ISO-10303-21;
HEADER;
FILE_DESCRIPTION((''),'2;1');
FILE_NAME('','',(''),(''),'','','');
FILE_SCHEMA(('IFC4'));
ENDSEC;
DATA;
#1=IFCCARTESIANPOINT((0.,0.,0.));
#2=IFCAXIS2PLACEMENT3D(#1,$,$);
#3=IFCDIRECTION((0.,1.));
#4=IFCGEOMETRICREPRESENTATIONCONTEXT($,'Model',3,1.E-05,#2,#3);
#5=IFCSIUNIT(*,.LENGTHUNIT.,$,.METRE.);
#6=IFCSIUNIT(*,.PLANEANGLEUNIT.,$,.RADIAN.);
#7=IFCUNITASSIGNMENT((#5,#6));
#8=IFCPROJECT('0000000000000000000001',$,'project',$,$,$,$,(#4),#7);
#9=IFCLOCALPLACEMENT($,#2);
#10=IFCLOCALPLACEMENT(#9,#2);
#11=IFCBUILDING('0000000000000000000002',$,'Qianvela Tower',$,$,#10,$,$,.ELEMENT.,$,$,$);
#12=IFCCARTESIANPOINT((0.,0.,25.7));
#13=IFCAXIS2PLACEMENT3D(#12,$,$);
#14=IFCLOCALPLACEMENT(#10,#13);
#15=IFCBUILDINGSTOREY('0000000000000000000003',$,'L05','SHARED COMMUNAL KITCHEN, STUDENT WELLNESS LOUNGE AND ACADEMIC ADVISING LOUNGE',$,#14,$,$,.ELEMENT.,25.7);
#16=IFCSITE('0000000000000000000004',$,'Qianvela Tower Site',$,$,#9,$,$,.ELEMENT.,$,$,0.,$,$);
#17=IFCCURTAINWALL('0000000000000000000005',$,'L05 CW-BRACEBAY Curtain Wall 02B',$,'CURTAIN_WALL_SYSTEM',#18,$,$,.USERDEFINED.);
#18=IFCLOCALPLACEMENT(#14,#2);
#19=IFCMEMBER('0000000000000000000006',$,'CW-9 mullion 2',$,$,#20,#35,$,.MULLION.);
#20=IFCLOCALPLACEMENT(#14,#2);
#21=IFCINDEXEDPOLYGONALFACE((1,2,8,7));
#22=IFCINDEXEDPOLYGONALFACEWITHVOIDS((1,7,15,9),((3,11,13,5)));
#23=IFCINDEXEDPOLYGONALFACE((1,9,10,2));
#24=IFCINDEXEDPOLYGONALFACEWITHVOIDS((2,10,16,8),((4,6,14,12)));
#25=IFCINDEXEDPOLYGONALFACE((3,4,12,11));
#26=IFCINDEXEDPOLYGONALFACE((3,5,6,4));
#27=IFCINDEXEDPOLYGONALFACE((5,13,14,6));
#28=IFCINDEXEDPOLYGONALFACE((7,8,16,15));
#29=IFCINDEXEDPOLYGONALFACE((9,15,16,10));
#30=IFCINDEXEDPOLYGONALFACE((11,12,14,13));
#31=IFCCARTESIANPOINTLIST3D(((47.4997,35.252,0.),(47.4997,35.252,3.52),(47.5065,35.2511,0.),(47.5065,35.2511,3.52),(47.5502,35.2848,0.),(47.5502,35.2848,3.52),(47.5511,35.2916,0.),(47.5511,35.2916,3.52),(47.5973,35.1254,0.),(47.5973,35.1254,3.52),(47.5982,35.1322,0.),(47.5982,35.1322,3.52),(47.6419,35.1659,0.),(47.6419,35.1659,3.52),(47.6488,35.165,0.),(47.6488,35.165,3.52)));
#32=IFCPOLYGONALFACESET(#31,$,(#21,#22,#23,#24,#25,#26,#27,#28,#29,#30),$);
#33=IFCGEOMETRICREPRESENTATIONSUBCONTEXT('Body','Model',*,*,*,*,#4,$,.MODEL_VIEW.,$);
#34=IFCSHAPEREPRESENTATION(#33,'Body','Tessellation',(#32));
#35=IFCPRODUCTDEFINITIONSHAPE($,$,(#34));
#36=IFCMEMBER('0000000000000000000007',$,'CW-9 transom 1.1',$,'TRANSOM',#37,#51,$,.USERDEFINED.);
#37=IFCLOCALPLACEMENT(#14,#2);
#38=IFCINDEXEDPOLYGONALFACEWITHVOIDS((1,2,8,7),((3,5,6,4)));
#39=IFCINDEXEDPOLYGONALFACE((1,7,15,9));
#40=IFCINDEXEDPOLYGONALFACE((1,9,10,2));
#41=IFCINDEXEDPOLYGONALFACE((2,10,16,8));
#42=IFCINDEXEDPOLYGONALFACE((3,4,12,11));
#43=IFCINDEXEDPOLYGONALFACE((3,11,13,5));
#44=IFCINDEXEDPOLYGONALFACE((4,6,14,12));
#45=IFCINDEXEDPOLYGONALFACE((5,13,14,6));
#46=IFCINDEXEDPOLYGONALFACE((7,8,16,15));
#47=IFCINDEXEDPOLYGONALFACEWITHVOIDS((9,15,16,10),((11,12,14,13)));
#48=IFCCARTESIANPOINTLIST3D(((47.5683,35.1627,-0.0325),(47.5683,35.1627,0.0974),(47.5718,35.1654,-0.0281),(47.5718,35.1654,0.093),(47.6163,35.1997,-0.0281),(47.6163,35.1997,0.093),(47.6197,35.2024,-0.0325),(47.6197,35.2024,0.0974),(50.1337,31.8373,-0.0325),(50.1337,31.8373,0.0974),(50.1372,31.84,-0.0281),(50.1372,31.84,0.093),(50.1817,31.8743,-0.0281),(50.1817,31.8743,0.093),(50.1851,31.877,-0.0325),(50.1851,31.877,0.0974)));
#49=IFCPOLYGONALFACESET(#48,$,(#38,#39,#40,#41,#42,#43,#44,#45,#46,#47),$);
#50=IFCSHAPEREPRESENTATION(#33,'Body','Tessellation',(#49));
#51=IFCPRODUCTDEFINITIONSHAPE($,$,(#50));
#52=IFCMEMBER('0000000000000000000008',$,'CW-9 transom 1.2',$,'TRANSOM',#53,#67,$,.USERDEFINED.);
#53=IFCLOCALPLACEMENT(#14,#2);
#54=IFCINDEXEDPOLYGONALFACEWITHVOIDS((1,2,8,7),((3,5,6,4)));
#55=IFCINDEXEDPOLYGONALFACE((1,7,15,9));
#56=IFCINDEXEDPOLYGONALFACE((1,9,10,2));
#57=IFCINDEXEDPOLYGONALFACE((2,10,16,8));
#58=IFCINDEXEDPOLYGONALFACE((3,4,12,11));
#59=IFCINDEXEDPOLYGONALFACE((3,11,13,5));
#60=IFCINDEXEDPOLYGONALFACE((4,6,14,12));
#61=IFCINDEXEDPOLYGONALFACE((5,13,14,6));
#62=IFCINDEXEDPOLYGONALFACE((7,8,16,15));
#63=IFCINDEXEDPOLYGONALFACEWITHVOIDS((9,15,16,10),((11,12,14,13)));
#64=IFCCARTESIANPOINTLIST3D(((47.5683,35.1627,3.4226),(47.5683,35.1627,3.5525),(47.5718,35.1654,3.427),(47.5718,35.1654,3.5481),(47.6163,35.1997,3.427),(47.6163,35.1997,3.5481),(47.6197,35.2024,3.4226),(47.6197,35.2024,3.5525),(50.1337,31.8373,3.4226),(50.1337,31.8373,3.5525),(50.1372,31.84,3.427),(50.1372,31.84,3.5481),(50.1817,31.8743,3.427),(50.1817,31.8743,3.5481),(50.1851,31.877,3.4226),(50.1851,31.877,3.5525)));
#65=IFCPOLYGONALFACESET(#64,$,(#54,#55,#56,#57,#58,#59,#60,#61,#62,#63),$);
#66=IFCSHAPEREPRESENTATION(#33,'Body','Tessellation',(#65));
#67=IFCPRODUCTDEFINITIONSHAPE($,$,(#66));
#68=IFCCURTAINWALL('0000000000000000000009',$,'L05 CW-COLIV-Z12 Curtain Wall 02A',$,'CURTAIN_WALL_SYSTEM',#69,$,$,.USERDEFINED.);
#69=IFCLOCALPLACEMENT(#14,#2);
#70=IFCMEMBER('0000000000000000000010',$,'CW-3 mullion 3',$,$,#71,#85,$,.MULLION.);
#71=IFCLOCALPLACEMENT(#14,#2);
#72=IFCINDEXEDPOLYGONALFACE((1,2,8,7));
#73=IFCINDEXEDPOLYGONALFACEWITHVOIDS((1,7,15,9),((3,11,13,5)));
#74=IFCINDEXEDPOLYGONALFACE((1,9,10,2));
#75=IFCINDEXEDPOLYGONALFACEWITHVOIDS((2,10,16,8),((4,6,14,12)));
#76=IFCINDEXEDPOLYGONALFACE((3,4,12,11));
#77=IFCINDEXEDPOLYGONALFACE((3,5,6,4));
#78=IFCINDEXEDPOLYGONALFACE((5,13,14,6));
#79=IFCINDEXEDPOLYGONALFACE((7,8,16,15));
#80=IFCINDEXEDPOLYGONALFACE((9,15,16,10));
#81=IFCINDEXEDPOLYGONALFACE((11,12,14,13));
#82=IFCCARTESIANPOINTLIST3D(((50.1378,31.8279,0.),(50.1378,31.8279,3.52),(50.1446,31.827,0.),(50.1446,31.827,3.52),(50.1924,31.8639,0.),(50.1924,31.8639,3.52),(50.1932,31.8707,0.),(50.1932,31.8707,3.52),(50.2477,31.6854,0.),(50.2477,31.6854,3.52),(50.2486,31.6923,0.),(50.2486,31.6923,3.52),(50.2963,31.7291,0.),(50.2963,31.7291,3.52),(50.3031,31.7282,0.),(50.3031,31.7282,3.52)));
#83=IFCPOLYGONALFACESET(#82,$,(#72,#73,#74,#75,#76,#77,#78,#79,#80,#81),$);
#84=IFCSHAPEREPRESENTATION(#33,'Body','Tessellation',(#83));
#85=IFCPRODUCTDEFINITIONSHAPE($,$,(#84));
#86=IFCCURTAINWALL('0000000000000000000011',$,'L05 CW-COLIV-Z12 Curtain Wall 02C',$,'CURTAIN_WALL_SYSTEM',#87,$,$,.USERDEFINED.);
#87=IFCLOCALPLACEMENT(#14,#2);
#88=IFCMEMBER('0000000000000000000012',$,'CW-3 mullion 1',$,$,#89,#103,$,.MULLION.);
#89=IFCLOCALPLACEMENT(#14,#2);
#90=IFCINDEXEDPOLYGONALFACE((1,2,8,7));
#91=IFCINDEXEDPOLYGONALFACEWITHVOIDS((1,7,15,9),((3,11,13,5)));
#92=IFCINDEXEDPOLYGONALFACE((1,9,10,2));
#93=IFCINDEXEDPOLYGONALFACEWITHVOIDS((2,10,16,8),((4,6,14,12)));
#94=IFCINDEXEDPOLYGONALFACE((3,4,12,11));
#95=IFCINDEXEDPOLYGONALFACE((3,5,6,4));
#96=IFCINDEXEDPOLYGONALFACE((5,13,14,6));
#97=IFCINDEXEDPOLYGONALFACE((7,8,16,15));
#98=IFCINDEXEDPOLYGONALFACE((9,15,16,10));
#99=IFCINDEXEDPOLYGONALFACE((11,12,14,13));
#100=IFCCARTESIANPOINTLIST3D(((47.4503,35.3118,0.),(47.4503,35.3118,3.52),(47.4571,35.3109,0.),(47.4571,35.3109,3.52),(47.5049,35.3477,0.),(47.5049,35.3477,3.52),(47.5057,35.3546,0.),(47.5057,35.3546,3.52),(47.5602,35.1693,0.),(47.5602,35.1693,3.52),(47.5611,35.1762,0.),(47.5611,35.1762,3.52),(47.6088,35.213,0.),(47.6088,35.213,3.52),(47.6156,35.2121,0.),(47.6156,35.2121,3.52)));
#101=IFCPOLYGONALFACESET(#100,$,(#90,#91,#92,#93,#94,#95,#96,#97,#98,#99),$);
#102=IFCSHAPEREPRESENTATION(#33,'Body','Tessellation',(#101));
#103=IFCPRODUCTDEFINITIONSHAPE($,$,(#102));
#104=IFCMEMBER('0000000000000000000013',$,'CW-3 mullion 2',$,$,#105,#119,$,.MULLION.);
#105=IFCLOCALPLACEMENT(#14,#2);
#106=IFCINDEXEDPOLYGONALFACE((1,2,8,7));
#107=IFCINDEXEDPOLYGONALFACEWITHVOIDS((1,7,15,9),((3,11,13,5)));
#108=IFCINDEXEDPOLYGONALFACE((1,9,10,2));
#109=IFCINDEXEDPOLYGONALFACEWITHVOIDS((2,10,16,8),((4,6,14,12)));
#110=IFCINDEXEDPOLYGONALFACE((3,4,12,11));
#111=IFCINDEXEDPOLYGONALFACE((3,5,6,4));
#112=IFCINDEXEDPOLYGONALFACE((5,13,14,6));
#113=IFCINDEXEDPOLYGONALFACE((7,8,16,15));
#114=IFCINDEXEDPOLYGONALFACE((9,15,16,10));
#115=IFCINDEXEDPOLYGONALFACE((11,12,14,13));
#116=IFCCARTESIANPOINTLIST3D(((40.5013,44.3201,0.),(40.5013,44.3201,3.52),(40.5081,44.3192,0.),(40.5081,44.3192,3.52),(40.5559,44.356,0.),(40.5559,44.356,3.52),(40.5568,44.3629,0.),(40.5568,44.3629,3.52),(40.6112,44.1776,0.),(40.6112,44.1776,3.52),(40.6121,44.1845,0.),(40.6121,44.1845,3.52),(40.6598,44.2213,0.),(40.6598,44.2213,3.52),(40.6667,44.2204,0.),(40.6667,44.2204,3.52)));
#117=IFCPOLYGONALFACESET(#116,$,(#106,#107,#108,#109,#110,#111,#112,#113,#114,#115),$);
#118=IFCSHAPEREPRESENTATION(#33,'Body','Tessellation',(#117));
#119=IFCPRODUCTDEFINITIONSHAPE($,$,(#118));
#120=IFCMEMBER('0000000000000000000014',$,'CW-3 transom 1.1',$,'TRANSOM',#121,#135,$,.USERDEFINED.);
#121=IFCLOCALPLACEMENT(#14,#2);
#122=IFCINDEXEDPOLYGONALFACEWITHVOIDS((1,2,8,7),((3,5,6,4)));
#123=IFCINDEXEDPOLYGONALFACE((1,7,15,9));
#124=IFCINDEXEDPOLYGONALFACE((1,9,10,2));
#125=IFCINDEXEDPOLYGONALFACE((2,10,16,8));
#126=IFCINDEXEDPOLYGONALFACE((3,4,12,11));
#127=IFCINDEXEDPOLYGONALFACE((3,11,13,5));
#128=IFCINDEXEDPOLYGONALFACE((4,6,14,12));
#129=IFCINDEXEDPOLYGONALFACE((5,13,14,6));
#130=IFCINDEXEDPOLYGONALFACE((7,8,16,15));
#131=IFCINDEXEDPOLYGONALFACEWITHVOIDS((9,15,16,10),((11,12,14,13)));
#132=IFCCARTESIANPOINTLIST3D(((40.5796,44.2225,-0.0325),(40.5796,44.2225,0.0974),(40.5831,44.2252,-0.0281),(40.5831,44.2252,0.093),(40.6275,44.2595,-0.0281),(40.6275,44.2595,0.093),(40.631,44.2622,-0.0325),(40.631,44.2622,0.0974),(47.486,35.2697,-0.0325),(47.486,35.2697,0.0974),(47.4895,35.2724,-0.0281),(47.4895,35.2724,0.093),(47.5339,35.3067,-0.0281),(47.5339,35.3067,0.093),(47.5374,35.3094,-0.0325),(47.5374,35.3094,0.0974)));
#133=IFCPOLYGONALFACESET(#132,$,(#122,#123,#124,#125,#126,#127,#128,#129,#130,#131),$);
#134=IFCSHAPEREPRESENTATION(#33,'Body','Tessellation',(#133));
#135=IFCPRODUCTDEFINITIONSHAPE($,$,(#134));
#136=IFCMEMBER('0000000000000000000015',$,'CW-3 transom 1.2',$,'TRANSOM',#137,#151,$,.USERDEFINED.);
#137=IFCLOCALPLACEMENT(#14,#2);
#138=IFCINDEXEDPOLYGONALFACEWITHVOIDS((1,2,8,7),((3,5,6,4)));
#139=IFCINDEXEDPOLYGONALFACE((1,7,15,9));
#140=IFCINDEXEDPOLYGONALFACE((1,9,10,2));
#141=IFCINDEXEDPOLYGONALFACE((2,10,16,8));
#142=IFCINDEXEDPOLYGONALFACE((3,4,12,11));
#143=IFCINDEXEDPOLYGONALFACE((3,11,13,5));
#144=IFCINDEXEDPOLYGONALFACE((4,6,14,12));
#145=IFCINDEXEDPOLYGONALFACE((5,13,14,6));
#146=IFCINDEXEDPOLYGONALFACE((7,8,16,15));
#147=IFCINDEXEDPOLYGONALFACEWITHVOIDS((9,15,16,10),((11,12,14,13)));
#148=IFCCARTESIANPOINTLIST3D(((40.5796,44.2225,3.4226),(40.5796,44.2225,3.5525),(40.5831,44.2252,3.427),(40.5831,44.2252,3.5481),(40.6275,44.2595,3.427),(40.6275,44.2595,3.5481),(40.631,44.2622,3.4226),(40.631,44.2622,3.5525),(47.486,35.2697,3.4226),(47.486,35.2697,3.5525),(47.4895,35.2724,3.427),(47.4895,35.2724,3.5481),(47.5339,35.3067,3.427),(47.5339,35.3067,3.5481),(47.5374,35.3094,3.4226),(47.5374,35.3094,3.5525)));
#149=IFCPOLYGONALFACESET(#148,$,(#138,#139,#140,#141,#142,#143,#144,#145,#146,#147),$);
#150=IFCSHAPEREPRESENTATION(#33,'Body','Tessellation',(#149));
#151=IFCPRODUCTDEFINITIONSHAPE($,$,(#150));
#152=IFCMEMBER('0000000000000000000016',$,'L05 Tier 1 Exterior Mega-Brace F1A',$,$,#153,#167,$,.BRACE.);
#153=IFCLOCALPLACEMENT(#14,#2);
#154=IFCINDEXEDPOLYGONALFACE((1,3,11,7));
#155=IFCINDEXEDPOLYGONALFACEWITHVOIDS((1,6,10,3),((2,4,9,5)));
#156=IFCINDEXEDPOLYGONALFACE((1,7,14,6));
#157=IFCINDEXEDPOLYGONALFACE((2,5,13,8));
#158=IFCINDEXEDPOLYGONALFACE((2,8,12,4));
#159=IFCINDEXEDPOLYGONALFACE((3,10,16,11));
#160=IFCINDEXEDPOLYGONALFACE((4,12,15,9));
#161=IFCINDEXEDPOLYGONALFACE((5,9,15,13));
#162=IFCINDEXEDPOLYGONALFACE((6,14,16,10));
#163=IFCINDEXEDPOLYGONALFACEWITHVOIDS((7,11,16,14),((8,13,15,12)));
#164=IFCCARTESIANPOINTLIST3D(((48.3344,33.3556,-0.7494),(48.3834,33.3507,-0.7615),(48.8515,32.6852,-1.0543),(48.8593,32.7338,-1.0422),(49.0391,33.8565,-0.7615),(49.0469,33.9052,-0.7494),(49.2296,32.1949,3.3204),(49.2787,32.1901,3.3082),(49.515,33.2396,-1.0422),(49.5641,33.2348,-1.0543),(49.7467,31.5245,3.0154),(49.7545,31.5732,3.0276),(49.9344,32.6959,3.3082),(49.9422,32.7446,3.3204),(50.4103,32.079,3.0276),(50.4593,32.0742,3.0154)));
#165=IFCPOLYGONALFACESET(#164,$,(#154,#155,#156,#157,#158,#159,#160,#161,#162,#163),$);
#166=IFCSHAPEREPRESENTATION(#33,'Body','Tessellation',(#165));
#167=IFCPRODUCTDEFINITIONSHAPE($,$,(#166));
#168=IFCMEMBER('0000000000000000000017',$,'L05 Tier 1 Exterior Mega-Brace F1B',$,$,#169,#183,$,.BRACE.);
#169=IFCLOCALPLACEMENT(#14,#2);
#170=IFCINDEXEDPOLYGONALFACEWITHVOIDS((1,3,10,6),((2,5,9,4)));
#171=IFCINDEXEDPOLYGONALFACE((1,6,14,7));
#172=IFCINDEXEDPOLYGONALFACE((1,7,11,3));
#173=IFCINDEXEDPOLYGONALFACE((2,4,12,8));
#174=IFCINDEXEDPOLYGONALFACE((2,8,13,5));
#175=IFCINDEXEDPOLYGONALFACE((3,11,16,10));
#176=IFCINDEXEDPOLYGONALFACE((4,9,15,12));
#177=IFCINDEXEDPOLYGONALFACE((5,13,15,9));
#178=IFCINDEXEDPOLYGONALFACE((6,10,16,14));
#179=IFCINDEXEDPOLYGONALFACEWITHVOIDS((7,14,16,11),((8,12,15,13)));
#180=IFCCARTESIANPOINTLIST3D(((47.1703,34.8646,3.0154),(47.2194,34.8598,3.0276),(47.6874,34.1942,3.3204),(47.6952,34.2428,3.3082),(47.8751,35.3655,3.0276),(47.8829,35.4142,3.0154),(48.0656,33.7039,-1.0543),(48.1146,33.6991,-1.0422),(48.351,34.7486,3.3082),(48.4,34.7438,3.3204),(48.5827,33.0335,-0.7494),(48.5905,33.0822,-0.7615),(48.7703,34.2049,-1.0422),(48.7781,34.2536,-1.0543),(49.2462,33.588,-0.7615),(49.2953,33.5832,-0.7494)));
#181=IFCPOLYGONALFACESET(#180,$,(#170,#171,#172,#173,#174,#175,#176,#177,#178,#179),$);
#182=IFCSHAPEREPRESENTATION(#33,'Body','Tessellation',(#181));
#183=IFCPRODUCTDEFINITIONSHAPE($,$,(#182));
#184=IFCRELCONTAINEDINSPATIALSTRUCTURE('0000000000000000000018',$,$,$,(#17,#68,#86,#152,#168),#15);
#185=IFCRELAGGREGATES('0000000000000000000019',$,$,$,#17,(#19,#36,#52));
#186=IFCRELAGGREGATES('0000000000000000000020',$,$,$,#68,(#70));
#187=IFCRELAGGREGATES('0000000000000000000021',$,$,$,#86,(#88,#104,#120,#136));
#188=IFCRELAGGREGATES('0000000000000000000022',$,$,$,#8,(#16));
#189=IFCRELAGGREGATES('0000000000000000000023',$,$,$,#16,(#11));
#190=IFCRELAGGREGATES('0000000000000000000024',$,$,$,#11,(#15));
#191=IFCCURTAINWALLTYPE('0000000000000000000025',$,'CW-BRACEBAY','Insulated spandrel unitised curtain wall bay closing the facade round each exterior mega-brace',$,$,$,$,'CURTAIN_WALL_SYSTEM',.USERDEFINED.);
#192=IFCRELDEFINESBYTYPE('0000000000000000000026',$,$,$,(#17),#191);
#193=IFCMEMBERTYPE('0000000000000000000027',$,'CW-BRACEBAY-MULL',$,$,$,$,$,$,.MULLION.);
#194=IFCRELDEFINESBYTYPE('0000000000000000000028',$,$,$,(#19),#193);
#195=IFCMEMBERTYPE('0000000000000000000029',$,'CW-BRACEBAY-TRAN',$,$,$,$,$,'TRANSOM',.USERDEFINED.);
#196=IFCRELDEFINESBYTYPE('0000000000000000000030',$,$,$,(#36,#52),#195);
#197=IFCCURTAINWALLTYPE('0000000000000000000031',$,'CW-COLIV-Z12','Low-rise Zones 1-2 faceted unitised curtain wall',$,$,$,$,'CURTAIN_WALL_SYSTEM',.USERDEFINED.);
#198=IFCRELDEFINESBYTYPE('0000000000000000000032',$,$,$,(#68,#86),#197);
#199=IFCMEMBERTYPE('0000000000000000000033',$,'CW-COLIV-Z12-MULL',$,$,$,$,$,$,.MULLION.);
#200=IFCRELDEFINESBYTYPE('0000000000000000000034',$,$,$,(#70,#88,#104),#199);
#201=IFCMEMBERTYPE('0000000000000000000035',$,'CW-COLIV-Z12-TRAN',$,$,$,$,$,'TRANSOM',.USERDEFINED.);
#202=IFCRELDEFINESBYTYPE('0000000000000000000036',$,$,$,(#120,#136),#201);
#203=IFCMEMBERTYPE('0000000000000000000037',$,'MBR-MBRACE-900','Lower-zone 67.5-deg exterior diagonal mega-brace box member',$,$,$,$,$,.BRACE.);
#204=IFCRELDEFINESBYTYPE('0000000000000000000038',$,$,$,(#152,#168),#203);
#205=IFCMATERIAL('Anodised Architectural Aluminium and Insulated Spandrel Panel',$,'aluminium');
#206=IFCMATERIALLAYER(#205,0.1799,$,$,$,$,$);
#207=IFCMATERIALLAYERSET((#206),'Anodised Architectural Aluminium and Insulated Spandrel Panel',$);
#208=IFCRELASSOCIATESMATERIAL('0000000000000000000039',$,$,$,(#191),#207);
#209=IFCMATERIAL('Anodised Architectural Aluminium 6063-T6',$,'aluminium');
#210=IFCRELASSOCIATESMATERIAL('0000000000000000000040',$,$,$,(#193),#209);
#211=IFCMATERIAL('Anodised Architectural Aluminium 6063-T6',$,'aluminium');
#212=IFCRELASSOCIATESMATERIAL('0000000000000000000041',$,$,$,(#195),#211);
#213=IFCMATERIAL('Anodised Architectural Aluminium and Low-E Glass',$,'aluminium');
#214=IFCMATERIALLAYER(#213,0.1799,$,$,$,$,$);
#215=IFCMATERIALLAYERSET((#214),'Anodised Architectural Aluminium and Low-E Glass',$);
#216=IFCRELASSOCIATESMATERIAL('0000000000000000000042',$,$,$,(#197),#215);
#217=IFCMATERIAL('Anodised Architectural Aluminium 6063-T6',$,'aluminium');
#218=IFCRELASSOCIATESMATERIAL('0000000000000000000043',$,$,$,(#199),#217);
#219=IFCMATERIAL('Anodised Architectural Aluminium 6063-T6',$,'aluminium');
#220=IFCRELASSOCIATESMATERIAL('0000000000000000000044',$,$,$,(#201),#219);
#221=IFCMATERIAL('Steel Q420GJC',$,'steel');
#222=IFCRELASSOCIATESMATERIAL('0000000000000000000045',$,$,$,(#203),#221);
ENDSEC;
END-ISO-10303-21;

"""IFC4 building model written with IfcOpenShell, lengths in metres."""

from ifc_helpers import new_model, si_unit, direction, frame, origin, origin_2d, place, context, subcontext, project, spatial, hollow_rectangle, extrude, material, layer, layer_set, material_profile, profile_set, type_object, element, aggregate, save


model = new_model("IFC4")

# Units and contexts
model_context = context("Model", 3, precision=1e-05, world=origin(), true_north=direction((0.0, 1.0)))
body_context = subcontext(model_context, "Body", "Model", "MODEL_VIEW")
ifc_project = project(units=[si_unit("LENGTHUNIT", "METRE"), si_unit("PLANEANGLEUNIT", "RADIAN")], contexts=[model_context])

# Site, building, storey
site_placement = place(None, origin())
site = spatial("IfcSite", under=ifc_project, at=site_placement, Name="Qianvela Tower Site", CompositionType="ELEMENT", RefElevation=0.0)
building_placement = place(site_placement, origin())
building = spatial("IfcBuilding", under=site, at=building_placement, Name="Qianvela Tower", CompositionType="ELEMENT")
storey_placement = place(building_placement, frame((0.0, 0.0, 25.7)))
storey = spatial("IfcBuildingStorey", under=building, at=storey_placement, Name="L05", Description="SHARED COMMUNAL KITCHEN, STUDENT WELLNESS LOUNGE AND ACADEMIC ADVISING LOUNGE", CompositionType="ELEMENT", Elevation=25.7)

# Curtain wall, members
ifc_material_1 = material(Name="Anodised Architectural Aluminium and Insulated Spandrel Panel", Category="aluminium")
ifc_layer_1 = layer(ifc_material_1, 0.1799)
ifc_layer_set_1 = layer_set([ifc_layer_1], Name="Anodised Architectural Aluminium and Insulated Spandrel Panel")
curtain_wall_type_1 = type_object("IfcCurtainWallType", Name="CW-BRACEBAY", Description="Insulated spandrel unitised curtain wall bay closing the facade round each exterior mega-brace", ElementType="CURTAIN_WALL_SYSTEM", PredefinedType="USERDEFINED", material=ifc_layer_set_1)
curtain_wall_1_placement = place(storey_placement, origin())
curtain_wall_1 = element("IfcCurtainWall", 1, at=curtain_wall_1_placement, inside=storey, type_object=curtain_wall_type_1, Name="L05 CW-BRACEBAY Curtain Wall 02B", ObjectType="CURTAIN_WALL_SYSTEM", PredefinedType="USERDEFINED")
ifc_material_2 = material(Name="Anodised Architectural Aluminium 6063-T6", Category="aluminium")
ifc_material_profile_1 = material_profile(ifc_material_2, hollow_rectangle(XDim=0.0649, YDim=0.1599, WallThickness=0.0049, at=origin_2d()), Name="ALU-MULL-65x160")
ifc_profile_set_1 = profile_set([ifc_material_profile_1], Name="Anodised Architectural Aluminium 6063-T6")
member_type_1 = type_object("IfcMemberType", Name="CW-BRACEBAY-MULL", PredefinedType="MULLION", material=ifc_profile_set_1)
member_1_placement = place(storey_placement, frame((47.5742, 35.2085, 0.0), z_axis=(0.0, 0.0, 1.0), x_axis=(-0.791778, -0.610808, 0.0)))
member_1 = element("IfcMember", 2, at=member_1_placement, type_object=member_type_1, Name="CW-9 mullion 2", PredefinedType="MULLION", context=body_context, shape_type="SweptSolid", body=[
    extrude(hollow_rectangle(XDim=0.0649, YDim=0.1599, WallThickness=0.0049, at=origin_2d()), origin(), (0.0, 0.0, 1.0), 3.52),
])
ifc_material_3 = material(Name="Anodised Architectural Aluminium 6063-T6", Category="aluminium")
ifc_material_profile_2 = material_profile(ifc_material_3, hollow_rectangle(XDim=0.0649, YDim=0.1299, WallThickness=0.0044, at=origin_2d()), Name="ALU-TRAN-65x130")
ifc_profile_set_2 = profile_set([ifc_material_profile_2], Name="Anodised Architectural Aluminium 6063-T6")
member_type_2 = type_object("IfcMemberType", Name="CW-BRACEBAY-TRAN", ElementType="TRANSOM", PredefinedType="USERDEFINED", material=ifc_profile_set_2)
member_2_placement = place(storey_placement, frame((50.1594, 31.8572, 0.0325), z_axis=(-0.610817, 0.791772, 0.0), x_axis=(-0.791772, -0.610817, 0.0)))
member_2 = element("IfcMember", 3, at=member_2_placement, type_object=member_type_2, Name="CW-9 transom 1.1", ObjectType="TRANSOM", PredefinedType="USERDEFINED", context=body_context, shape_type="SweptSolid", body=[
    extrude(hollow_rectangle(XDim=0.0649, YDim=0.1299, WallThickness=0.0044, at=origin_2d()), origin(), (0.0, 0.0, 1.0), 4.2),
])
member_3_placement = place(storey_placement, frame((50.1594, 31.8572, 3.4875), z_axis=(-0.610817, 0.791772, 0.0), x_axis=(-0.791772, -0.610817, 0.0)))
member_3 = element("IfcMember", 4, at=member_3_placement, type_object=member_type_2, Name="CW-9 transom 1.2", ObjectType="TRANSOM", PredefinedType="USERDEFINED", context=body_context, shape_type="SweptSolid", body=[
    extrude(hollow_rectangle(XDim=0.0649, YDim=0.1299, WallThickness=0.0044, at=origin_2d()), origin(), (0.0, 0.0, 1.0), 4.2),
])

# Curtain wall, member
ifc_material_4 = material(Name="Anodised Architectural Aluminium and Low-E Glass", Category="aluminium")
ifc_layer_2 = layer(ifc_material_4, 0.1799)
ifc_layer_set_2 = layer_set([ifc_layer_2], Name="Anodised Architectural Aluminium and Low-E Glass")
curtain_wall_type_2 = type_object("IfcCurtainWallType", Name="CW-COLIV-Z12", Description="Low-rise Zones 1-2 faceted unitised curtain wall", ElementType="CURTAIN_WALL_SYSTEM", PredefinedType="USERDEFINED", material=ifc_layer_set_2)
curtain_wall_2_placement = place(storey_placement, origin())
curtain_wall_2 = element("IfcCurtainWall", 5, at=curtain_wall_2_placement, inside=storey, type_object=curtain_wall_type_2, Name="L05 CW-COLIV-Z12 Curtain Wall 02A", ObjectType="CURTAIN_WALL_SYSTEM", PredefinedType="USERDEFINED")
ifc_material_5 = material(Name="Anodised Architectural Aluminium 6063-T6", Category="aluminium")
ifc_material_profile_3 = material_profile(ifc_material_5, hollow_rectangle(XDim=0.0701, YDim=0.1799, WallThickness=0.0049, at=origin_2d()), Name="ALU-MULL-70x180")
ifc_profile_set_3 = profile_set([ifc_material_profile_3], Name="Anodised Architectural Aluminium 6063-T6")
member_type_3 = type_object("IfcMemberType", Name="CW-COLIV-Z12-MULL", PredefinedType="MULLION", material=ifc_profile_set_3)
member_4_placement = place(storey_placement, frame((50.2205, 31.7781, 0.0), z_axis=(0.0, 0.0, 1.0), x_axis=(-0.791789, -0.610795, 0.0)))
member_4 = element("IfcMember", 6, at=member_4_placement, type_object=member_type_3, Name="CW-3 mullion 3", PredefinedType="MULLION", context=body_context, shape_type="SweptSolid", body=[
    extrude(hollow_rectangle(XDim=0.0701, YDim=0.1799, WallThickness=0.0049, at=origin_2d()), origin(), (0.0, 0.0, 1.0), 3.52),
])

# Curtain wall, members
curtain_wall_3_placement = place(storey_placement, origin())
curtain_wall_3 = element("IfcCurtainWall", 7, at=curtain_wall_3_placement, inside=storey, type_object=curtain_wall_type_2, Name="L05 CW-COLIV-Z12 Curtain Wall 02C", ObjectType="CURTAIN_WALL_SYSTEM", PredefinedType="USERDEFINED")
member_5_placement = place(storey_placement, frame((47.533, 35.262, 0.0), z_axis=(0.0, 0.0, 1.0), x_axis=(-0.791786, -0.610798, 0.0)))
member_5 = element("IfcMember", 8, at=member_5_placement, type_object=member_type_3, Name="CW-3 mullion 1", PredefinedType="MULLION", context=body_context, shape_type="SweptSolid", body=[
    extrude(hollow_rectangle(XDim=0.0701, YDim=0.1799, WallThickness=0.0049, at=origin_2d()), origin(), (0.0, 0.0, 1.0), 3.52),
])
member_6_placement = place(storey_placement, frame((40.584, 44.2703, 0.0), z_axis=(0.0, 0.0, 1.0), x_axis=(-0.791786, -0.610798, 0.0)))
member_6 = element("IfcMember", 9, at=member_6_placement, type_object=member_type_3, Name="CW-3 mullion 2", PredefinedType="MULLION", context=body_context, shape_type="SweptSolid", body=[
    extrude(hollow_rectangle(XDim=0.0701, YDim=0.1799, WallThickness=0.0049, at=origin_2d()), origin(), (0.0, 0.0, 1.0), 3.52),
])
ifc_material_6 = material(Name="Anodised Architectural Aluminium 6063-T6", Category="aluminium")
ifc_material_profile_4 = material_profile(ifc_material_6, hollow_rectangle(XDim=0.0649, YDim=0.1299, WallThickness=0.0044, at=origin_2d()), Name="ALU-TRAN-65x130")
ifc_profile_set_4 = profile_set([ifc_material_profile_4], Name="Anodised Architectural Aluminium 6063-T6")
member_type_4 = type_object("IfcMemberType", Name="CW-COLIV-Z12-TRAN", ElementType="TRANSOM", PredefinedType="USERDEFINED", material=ifc_profile_set_4)
member_7_placement = place(storey_placement, frame((47.5117, 35.2896, 0.0325), z_axis=(-0.610803, 0.791783, 0.0), x_axis=(-0.791783, -0.610803, 0.0)))
member_7 = element("IfcMember", 10, at=member_7_placement, type_object=member_type_4, Name="CW-3 transom 1.1", ObjectType="TRANSOM", PredefinedType="USERDEFINED", context=body_context, shape_type="SweptSolid", body=[
    extrude(hollow_rectangle(XDim=0.0649, YDim=0.1299, WallThickness=0.0044, at=origin_2d()), origin(), (0.0, 0.0, 1.0), 11.3071),
])
member_8_placement = place(storey_placement, frame((47.5117, 35.2896, 3.4875), z_axis=(-0.610803, 0.791783, 0.0), x_axis=(-0.791783, -0.610803, 0.0)))
member_8 = element("IfcMember", 11, at=member_8_placement, type_object=member_type_4, Name="CW-3 transom 1.2", ObjectType="TRANSOM", PredefinedType="USERDEFINED", context=body_context, shape_type="SweptSolid", body=[
    extrude(hollow_rectangle(XDim=0.0649, YDim=0.1299, WallThickness=0.0044, at=origin_2d()), origin(), (0.0, 0.0, 1.0), 11.3071),
])

# Members
ifc_material_7 = material(Name="Steel Q420GJC", Category="steel")
ifc_material_profile_5 = material_profile(ifc_material_7, hollow_rectangle(XDim=0.8999, YDim=0.8999, WallThickness=0.0359, at=origin_2d()), Name="MBOX-900x900x36")
ifc_profile_set_5 = profile_set([ifc_material_profile_5], Name="Steel Q420GJC")
member_type_5 = type_object("IfcMemberType", Name="MBR-MBRACE-900", Description="Lower-zone 67.5-deg exterior diagonal mega-brace box member", PredefinedType="BRACE", material=ifc_profile_set_5)
for number, where, z_axis, x_axis, name in (
    (12, (48.9492, 33.2952, -0.9019), (0.206962, -0.268311, 0.940838), (0.791812, 0.610765, 0.0), "L05 Tier 1 Exterior Mega-Brace F1A"),
    (13, (48.6804, 33.6436, -0.9019), (-0.206962, 0.268311, 0.940838), (-0.791812, -0.610765, 0.0), "L05 Tier 1 Exterior Mega-Brace F1B"),
):
    element("IfcMember", number, at=place(storey_placement, frame(where, z_axis=z_axis, x_axis=x_axis)), inside=storey, type_object=member_type_5, Name=name, PredefinedType="BRACE", context=body_context, shape_type="SweptSolid", body=[
        extrude(hollow_rectangle(XDim=0.8999, YDim=0.8999, WallThickness=0.0359, at=origin_2d()), origin(), (0.0, 0.0, 1.0), 4.3257),
    ])

aggregate(curtain_wall_1, [member_1, member_2, member_3])
aggregate(curtain_wall_2, [member_4])
aggregate(curtain_wall_3, [member_5, member_6, member_7, member_8])

save(model, "model.ifc")
